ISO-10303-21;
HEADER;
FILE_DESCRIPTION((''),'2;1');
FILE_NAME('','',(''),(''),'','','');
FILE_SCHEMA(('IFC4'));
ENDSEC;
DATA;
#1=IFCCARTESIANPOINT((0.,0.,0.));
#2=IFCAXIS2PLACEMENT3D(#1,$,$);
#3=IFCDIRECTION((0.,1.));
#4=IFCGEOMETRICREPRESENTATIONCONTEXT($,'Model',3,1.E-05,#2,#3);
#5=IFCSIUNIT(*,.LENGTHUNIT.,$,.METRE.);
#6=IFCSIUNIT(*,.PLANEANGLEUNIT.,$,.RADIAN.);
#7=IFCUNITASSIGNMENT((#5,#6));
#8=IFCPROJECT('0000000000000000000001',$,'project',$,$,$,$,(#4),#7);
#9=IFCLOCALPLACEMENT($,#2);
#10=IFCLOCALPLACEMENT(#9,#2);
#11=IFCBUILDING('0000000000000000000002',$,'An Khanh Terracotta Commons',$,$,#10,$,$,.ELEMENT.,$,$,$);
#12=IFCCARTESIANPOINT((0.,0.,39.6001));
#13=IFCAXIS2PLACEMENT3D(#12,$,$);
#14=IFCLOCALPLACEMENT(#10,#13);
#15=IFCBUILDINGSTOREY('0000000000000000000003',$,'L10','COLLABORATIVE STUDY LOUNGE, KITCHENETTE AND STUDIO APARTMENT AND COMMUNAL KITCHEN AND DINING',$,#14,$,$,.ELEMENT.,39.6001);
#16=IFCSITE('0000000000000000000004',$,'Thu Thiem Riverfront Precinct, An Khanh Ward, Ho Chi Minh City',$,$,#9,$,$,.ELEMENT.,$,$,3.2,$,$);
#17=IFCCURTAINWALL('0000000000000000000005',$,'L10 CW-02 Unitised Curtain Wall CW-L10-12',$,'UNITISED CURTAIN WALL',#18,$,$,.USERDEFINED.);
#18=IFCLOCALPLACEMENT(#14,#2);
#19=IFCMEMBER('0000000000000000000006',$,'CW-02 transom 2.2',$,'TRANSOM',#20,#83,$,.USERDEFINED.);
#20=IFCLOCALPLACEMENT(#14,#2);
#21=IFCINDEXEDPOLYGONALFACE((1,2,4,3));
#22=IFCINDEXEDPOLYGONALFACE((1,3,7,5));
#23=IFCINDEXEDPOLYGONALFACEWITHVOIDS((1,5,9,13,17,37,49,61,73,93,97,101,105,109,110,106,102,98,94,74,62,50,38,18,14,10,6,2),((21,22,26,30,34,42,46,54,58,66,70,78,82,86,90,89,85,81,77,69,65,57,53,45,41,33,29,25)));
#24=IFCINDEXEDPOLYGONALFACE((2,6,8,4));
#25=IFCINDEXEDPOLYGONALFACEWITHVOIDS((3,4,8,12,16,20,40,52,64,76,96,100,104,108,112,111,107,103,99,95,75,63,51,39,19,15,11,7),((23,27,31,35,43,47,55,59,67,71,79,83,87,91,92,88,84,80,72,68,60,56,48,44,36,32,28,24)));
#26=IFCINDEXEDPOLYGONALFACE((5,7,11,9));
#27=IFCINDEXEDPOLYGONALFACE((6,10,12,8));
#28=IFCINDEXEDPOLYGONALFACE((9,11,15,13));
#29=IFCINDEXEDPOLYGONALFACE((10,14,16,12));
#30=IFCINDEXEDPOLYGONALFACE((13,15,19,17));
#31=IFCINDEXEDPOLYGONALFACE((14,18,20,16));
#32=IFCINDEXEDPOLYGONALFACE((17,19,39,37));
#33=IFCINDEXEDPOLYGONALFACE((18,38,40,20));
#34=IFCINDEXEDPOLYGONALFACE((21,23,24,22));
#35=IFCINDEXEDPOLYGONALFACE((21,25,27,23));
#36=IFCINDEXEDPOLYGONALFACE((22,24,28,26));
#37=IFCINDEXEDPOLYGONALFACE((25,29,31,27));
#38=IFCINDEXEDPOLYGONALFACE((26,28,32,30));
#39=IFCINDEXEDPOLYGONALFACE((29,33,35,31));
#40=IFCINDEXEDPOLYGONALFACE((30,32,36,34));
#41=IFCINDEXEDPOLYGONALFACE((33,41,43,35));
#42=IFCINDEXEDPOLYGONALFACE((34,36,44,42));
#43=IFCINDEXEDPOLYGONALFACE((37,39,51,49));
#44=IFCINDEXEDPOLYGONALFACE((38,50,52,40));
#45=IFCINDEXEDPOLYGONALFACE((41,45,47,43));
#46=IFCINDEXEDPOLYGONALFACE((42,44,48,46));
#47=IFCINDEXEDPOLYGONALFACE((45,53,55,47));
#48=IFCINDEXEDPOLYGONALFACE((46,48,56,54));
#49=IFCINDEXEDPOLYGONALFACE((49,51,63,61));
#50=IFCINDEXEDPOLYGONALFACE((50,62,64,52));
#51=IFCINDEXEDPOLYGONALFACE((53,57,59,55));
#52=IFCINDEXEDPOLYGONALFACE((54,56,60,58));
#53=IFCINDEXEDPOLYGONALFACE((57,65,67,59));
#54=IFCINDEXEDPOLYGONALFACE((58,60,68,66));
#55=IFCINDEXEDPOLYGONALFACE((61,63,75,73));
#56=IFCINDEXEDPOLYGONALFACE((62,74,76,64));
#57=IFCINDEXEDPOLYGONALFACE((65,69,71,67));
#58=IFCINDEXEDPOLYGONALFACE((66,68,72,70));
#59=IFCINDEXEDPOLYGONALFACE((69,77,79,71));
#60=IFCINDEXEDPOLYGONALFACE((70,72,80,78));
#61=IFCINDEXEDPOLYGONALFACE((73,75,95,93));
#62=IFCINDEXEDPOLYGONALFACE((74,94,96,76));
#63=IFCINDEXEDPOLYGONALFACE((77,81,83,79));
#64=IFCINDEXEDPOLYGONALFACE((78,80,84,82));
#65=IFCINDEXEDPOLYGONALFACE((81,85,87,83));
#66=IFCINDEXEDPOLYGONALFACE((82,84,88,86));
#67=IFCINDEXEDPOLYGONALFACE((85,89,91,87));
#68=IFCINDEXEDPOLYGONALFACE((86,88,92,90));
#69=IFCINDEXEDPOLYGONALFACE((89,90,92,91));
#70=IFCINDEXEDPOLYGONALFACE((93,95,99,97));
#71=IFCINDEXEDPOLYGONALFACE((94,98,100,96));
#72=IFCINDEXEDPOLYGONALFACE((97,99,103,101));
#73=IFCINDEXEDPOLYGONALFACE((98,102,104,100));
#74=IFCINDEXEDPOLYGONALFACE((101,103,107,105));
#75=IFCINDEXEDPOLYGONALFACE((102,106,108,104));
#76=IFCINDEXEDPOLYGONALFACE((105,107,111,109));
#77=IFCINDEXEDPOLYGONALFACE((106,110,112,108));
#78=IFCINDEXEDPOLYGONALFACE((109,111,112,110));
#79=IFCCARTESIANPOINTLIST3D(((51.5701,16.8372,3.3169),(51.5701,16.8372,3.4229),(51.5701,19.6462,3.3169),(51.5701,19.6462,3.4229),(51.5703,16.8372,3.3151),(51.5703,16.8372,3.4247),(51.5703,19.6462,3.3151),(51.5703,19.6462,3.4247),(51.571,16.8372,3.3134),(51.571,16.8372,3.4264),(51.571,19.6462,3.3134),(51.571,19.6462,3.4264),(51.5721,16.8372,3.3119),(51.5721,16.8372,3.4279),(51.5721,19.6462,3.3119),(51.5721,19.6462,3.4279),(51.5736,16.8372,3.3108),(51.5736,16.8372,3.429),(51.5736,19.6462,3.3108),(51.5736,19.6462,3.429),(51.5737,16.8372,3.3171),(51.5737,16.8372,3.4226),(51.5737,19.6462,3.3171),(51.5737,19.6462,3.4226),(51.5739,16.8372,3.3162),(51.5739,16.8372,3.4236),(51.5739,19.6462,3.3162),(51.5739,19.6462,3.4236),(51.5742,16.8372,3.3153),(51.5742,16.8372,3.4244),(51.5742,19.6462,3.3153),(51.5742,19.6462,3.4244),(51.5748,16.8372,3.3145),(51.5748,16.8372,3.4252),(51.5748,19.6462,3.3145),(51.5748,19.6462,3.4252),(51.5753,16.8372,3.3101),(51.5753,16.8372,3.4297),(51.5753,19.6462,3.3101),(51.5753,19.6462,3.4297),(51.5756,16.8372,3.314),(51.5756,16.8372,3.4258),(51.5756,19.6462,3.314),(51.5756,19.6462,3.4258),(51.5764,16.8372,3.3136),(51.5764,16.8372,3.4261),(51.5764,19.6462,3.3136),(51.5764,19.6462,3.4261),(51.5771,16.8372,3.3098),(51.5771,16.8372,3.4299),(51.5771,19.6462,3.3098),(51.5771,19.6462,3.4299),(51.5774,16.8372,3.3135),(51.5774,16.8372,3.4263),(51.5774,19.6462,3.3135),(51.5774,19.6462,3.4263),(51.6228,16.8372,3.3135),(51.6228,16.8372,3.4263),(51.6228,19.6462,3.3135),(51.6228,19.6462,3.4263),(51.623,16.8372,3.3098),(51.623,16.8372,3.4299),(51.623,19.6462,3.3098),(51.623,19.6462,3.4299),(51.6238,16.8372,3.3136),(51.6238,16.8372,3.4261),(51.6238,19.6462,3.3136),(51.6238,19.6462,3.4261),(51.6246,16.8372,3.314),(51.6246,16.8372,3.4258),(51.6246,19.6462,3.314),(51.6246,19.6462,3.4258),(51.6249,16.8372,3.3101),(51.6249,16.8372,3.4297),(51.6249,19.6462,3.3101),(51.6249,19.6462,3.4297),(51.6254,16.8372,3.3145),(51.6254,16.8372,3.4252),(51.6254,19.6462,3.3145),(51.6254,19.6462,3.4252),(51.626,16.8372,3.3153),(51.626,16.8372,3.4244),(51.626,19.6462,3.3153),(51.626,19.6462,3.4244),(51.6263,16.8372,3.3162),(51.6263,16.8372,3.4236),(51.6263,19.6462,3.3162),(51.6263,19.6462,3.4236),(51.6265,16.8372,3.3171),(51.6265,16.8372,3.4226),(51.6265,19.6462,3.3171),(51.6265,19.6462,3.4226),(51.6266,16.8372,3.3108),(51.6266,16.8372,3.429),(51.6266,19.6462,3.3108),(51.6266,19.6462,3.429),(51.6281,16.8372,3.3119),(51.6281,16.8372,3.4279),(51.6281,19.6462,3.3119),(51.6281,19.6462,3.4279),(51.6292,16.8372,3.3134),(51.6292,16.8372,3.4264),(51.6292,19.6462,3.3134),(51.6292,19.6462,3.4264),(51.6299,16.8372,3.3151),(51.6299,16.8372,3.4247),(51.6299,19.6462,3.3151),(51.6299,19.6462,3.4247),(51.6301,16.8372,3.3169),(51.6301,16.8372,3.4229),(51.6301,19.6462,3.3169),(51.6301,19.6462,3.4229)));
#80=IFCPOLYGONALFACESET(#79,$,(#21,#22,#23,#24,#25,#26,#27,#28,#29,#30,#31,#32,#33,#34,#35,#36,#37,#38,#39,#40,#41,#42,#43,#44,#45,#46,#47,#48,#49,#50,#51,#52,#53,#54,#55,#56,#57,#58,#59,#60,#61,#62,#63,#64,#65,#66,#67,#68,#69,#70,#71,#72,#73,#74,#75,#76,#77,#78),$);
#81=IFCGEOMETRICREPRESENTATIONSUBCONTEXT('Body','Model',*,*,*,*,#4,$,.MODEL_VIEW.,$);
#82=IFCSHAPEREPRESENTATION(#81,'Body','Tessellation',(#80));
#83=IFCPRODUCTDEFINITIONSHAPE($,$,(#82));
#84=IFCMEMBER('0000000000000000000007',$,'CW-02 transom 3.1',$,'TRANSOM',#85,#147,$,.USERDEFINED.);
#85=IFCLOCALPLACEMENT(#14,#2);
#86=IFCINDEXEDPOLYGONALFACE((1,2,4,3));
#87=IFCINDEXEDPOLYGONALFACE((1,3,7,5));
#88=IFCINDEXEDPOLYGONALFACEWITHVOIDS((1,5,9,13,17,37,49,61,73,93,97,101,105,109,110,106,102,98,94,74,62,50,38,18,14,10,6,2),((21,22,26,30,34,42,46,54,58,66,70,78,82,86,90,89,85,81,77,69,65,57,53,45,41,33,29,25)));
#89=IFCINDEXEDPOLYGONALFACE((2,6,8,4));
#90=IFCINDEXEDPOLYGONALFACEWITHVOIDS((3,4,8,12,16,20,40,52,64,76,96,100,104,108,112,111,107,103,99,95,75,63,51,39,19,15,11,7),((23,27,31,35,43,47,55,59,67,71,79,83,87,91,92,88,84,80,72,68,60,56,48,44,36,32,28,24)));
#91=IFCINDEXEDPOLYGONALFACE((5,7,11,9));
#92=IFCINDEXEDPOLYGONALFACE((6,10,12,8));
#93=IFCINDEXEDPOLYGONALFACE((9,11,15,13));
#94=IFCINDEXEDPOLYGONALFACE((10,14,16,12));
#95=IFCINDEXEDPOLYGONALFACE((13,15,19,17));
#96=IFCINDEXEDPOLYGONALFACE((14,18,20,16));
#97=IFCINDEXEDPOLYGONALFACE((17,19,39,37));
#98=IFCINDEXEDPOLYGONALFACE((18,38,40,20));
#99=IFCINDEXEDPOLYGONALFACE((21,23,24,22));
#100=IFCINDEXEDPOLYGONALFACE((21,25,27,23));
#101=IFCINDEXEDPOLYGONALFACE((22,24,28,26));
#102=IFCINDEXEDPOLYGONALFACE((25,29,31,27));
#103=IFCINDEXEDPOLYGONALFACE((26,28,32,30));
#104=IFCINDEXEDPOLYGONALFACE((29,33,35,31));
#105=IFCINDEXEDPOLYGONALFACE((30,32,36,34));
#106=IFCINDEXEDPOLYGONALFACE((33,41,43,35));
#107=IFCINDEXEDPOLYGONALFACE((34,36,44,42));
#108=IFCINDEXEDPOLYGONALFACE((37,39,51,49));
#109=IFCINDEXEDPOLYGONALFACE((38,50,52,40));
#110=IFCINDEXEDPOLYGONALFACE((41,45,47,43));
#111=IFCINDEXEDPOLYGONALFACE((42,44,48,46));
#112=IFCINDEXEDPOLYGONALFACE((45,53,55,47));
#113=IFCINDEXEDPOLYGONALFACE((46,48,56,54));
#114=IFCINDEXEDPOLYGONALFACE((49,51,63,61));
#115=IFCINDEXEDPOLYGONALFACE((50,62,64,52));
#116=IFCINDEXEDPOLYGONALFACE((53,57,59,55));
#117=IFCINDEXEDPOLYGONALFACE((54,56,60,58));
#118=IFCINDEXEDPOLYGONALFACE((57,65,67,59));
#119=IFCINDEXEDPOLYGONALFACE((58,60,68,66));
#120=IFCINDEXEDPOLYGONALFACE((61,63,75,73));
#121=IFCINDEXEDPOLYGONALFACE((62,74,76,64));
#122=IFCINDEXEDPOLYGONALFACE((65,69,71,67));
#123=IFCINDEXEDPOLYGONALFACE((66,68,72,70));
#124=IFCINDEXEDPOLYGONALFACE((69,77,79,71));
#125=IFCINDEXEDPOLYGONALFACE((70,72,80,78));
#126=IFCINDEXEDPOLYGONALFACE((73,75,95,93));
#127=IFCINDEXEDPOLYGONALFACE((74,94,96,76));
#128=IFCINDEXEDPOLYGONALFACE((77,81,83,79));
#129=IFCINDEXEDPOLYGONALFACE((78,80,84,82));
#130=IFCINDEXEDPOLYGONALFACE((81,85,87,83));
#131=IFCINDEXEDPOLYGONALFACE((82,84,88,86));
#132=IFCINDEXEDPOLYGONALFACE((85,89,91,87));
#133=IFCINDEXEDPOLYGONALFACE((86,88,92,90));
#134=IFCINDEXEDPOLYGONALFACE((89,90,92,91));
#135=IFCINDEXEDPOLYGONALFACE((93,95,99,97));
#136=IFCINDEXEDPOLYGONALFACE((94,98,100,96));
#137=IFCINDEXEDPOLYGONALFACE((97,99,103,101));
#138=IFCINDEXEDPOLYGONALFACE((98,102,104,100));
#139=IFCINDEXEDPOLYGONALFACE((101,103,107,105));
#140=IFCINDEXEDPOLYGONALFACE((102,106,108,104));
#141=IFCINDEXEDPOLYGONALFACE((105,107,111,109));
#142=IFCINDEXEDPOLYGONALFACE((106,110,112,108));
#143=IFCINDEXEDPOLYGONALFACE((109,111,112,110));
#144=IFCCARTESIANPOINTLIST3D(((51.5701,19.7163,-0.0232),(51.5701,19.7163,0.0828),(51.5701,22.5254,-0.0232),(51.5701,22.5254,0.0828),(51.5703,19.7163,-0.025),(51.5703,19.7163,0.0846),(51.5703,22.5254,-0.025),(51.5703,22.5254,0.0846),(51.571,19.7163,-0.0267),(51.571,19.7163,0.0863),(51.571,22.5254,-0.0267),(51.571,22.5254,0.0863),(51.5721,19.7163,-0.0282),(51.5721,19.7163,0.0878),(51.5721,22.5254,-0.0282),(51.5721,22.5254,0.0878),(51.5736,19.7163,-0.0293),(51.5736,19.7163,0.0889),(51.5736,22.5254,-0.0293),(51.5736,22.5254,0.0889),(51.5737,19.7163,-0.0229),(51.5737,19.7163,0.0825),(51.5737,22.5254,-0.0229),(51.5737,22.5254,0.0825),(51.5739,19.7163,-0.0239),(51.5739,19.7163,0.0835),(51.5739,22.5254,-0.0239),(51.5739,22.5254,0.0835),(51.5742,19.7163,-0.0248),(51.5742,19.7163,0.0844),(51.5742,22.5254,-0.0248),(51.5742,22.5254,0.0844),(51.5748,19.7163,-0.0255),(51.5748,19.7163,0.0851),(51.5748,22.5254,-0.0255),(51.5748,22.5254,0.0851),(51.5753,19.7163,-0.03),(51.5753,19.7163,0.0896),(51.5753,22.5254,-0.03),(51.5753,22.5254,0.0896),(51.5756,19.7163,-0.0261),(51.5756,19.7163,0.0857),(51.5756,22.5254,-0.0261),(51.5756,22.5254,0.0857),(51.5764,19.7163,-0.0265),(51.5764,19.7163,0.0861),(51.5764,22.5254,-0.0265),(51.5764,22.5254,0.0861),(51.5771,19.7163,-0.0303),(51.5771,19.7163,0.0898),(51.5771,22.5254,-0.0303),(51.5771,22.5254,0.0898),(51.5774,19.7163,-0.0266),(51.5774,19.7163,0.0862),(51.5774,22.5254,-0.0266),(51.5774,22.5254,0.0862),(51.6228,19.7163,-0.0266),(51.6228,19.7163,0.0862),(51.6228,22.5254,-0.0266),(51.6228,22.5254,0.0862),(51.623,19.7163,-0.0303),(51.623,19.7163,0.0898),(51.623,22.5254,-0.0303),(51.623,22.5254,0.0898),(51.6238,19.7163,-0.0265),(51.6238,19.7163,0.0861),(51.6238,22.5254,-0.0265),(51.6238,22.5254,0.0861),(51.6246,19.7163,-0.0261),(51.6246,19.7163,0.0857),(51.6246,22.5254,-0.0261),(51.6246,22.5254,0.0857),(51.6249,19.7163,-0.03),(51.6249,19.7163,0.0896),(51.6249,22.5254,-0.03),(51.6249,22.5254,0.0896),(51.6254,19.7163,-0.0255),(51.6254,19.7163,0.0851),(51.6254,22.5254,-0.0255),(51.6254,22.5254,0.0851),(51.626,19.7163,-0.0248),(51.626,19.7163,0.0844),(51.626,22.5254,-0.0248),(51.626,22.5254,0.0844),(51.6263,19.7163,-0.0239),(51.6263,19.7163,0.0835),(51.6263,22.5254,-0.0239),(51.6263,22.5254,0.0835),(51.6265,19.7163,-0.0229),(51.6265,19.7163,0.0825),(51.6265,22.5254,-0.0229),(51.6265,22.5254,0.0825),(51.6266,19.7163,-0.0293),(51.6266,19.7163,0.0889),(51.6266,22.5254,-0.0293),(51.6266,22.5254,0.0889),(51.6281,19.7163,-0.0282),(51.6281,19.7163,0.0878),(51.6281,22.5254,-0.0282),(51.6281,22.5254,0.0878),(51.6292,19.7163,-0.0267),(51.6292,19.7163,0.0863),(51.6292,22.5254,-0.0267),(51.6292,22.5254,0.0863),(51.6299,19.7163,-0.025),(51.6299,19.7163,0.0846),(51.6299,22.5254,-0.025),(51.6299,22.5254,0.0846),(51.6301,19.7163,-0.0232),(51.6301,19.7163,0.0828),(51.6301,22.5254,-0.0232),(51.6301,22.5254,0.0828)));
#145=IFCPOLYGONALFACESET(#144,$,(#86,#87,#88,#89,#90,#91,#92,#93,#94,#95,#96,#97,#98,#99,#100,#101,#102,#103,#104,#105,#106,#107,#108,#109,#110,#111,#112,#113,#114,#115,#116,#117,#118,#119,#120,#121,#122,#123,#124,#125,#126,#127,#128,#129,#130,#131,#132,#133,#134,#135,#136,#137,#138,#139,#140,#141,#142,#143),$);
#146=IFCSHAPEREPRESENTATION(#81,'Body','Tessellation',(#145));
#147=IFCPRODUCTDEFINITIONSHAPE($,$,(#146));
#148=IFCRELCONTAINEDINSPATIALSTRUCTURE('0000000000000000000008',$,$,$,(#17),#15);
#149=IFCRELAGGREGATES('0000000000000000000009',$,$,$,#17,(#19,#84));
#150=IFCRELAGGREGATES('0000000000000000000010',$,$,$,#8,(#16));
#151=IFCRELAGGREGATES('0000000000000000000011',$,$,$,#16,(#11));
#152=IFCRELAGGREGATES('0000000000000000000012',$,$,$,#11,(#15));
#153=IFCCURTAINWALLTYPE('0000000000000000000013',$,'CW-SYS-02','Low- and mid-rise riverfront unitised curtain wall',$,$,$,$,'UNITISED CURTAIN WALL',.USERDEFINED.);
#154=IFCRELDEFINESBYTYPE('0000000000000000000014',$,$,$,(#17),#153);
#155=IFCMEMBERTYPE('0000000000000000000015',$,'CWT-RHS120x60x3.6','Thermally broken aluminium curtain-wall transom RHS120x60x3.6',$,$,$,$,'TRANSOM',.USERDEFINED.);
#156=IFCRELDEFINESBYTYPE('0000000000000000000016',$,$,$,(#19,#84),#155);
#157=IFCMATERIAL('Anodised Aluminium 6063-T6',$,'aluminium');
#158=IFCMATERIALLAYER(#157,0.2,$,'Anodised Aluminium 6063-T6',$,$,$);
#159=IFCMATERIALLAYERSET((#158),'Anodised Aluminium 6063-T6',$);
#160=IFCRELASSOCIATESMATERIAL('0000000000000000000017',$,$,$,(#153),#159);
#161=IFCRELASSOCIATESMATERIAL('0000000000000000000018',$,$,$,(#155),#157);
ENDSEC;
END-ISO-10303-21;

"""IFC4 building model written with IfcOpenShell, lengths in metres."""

from ifc_helpers import new_model, si_unit, direction, frame, origin, origin_2d, place, context, subcontext, project, spatial, hollow_rectangle, extrude, material, layer, layer_set, material_profile, profile_set, type_object, element, aggregate, save


model = new_model("IFC4")

# Units and contexts
model_context = context("Model", 3, precision=1e-05, world=origin(), true_north=direction((0.0, 1.0)))
body_context = subcontext(model_context, "Body", "Model", "MODEL_VIEW")
ifc_project = project(units=[si_unit("LENGTHUNIT", "METRE"), si_unit("PLANEANGLEUNIT", "RADIAN")], contexts=[model_context])

# Site, building, storey
site_placement = place(None, origin())
site = spatial("IfcSite", under=ifc_project, at=site_placement, Name="Thu Thiem Riverfront Precinct, An Khanh Ward, Ho Chi Minh City", CompositionType="ELEMENT", RefElevation=3.2)
building_placement = place(site_placement, origin())
building = spatial("IfcBuilding", under=site, at=building_placement, Name="An Khanh Terracotta Commons", CompositionType="ELEMENT")
storey_placement = place(building_placement, frame((0.0, 0.0, 39.6001)))
storey = spatial("IfcBuildingStorey", under=building, at=storey_placement, Name="L10", Description="COLLABORATIVE STUDY LOUNGE, KITCHENETTE AND STUDIO APARTMENT AND COMMUNAL KITCHEN AND DINING", CompositionType="ELEMENT", Elevation=39.6001)

# Curtain wall, members
ifc_material_1 = material(Name="Anodised Aluminium 6063-T6", Category="aluminium")
ifc_layer_1 = layer(ifc_material_1, 0.2, Name="Anodised Aluminium 6063-T6")
ifc_layer_set_1 = layer_set([ifc_layer_1], Name="Anodised Aluminium 6063-T6")
curtain_wall_type = type_object("IfcCurtainWallType", Name="CW-SYS-02", Description="Low- and mid-rise riverfront unitised curtain wall", ElementType="UNITISED CURTAIN WALL", PredefinedType="USERDEFINED", material=ifc_layer_set_1)
curtain_wall_placement = place(storey_placement, origin())
curtain_wall = element("IfcCurtainWall", 1, at=curtain_wall_placement, inside=storey, type_object=curtain_wall_type, Name="L10 CW-02 Unitised Curtain Wall CW-L10-12", ObjectType="UNITISED CURTAIN WALL", PredefinedType="USERDEFINED")
ifc_material_profile_1 = material_profile(ifc_material_1, hollow_rectangle(XDim=0.0601, YDim=0.1201, WallThickness=0.0037, InnerFilletRadius=0.0037, OuterFilletRadius=0.0071, at=origin_2d()), Name="RHS120x60x3.6")
ifc_profile_set_1 = profile_set([ifc_material_profile_1], Name="Anodised Aluminium 6063-T6")
member_type_1 = type_object("IfcMemberType", Name="CWT-RHS120x60x3.6", Description="Thermally broken aluminium curtain-wall transom RHS120x60x3.6", ElementType="TRANSOM", PredefinedType="USERDEFINED", material=ifc_profile_set_1)
member_1_placement = place(storey_placement, frame((51.6001, 16.8372, 3.3699), z_axis=(0.0, 1.0, 0.0), x_axis=(-1.0, 0.0, 0.0)))
member_1 = element("IfcMember", 2, at=member_1_placement, type_object=member_type_1, Name="CW-02 transom 2.2", ObjectType="TRANSOM", PredefinedType="USERDEFINED", context=body_context, shape_type="SweptSolid", body=[
    extrude(hollow_rectangle(XDim=0.0601, YDim=0.1201, WallThickness=0.0037, InnerFilletRadius=0.0037, OuterFilletRadius=0.0071, at=origin_2d()), origin(), (0.0, 0.0, 1.0), 2.8091),
])
member_2_placement = place(storey_placement, frame((51.6001, 19.7163, 0.0298), z_axis=(0.0, 1.0, 0.0), x_axis=(-1.0, 0.0, 0.0)))
member_2 = element("IfcMember", 3, at=member_2_placement, type_object=member_type_1, Name="CW-02 transom 3.1", ObjectType="TRANSOM", PredefinedType="USERDEFINED", context=body_context, shape_type="SweptSolid", body=[
    extrude(hollow_rectangle(XDim=0.0601, YDim=0.1201, WallThickness=0.0037, InnerFilletRadius=0.0037, OuterFilletRadius=0.0071, at=origin_2d()), origin(), (0.0, 0.0, 1.0), 2.8091),
])
aggregate(curtain_wall, [member_1, member_2])

save(model, "model.ifc")
